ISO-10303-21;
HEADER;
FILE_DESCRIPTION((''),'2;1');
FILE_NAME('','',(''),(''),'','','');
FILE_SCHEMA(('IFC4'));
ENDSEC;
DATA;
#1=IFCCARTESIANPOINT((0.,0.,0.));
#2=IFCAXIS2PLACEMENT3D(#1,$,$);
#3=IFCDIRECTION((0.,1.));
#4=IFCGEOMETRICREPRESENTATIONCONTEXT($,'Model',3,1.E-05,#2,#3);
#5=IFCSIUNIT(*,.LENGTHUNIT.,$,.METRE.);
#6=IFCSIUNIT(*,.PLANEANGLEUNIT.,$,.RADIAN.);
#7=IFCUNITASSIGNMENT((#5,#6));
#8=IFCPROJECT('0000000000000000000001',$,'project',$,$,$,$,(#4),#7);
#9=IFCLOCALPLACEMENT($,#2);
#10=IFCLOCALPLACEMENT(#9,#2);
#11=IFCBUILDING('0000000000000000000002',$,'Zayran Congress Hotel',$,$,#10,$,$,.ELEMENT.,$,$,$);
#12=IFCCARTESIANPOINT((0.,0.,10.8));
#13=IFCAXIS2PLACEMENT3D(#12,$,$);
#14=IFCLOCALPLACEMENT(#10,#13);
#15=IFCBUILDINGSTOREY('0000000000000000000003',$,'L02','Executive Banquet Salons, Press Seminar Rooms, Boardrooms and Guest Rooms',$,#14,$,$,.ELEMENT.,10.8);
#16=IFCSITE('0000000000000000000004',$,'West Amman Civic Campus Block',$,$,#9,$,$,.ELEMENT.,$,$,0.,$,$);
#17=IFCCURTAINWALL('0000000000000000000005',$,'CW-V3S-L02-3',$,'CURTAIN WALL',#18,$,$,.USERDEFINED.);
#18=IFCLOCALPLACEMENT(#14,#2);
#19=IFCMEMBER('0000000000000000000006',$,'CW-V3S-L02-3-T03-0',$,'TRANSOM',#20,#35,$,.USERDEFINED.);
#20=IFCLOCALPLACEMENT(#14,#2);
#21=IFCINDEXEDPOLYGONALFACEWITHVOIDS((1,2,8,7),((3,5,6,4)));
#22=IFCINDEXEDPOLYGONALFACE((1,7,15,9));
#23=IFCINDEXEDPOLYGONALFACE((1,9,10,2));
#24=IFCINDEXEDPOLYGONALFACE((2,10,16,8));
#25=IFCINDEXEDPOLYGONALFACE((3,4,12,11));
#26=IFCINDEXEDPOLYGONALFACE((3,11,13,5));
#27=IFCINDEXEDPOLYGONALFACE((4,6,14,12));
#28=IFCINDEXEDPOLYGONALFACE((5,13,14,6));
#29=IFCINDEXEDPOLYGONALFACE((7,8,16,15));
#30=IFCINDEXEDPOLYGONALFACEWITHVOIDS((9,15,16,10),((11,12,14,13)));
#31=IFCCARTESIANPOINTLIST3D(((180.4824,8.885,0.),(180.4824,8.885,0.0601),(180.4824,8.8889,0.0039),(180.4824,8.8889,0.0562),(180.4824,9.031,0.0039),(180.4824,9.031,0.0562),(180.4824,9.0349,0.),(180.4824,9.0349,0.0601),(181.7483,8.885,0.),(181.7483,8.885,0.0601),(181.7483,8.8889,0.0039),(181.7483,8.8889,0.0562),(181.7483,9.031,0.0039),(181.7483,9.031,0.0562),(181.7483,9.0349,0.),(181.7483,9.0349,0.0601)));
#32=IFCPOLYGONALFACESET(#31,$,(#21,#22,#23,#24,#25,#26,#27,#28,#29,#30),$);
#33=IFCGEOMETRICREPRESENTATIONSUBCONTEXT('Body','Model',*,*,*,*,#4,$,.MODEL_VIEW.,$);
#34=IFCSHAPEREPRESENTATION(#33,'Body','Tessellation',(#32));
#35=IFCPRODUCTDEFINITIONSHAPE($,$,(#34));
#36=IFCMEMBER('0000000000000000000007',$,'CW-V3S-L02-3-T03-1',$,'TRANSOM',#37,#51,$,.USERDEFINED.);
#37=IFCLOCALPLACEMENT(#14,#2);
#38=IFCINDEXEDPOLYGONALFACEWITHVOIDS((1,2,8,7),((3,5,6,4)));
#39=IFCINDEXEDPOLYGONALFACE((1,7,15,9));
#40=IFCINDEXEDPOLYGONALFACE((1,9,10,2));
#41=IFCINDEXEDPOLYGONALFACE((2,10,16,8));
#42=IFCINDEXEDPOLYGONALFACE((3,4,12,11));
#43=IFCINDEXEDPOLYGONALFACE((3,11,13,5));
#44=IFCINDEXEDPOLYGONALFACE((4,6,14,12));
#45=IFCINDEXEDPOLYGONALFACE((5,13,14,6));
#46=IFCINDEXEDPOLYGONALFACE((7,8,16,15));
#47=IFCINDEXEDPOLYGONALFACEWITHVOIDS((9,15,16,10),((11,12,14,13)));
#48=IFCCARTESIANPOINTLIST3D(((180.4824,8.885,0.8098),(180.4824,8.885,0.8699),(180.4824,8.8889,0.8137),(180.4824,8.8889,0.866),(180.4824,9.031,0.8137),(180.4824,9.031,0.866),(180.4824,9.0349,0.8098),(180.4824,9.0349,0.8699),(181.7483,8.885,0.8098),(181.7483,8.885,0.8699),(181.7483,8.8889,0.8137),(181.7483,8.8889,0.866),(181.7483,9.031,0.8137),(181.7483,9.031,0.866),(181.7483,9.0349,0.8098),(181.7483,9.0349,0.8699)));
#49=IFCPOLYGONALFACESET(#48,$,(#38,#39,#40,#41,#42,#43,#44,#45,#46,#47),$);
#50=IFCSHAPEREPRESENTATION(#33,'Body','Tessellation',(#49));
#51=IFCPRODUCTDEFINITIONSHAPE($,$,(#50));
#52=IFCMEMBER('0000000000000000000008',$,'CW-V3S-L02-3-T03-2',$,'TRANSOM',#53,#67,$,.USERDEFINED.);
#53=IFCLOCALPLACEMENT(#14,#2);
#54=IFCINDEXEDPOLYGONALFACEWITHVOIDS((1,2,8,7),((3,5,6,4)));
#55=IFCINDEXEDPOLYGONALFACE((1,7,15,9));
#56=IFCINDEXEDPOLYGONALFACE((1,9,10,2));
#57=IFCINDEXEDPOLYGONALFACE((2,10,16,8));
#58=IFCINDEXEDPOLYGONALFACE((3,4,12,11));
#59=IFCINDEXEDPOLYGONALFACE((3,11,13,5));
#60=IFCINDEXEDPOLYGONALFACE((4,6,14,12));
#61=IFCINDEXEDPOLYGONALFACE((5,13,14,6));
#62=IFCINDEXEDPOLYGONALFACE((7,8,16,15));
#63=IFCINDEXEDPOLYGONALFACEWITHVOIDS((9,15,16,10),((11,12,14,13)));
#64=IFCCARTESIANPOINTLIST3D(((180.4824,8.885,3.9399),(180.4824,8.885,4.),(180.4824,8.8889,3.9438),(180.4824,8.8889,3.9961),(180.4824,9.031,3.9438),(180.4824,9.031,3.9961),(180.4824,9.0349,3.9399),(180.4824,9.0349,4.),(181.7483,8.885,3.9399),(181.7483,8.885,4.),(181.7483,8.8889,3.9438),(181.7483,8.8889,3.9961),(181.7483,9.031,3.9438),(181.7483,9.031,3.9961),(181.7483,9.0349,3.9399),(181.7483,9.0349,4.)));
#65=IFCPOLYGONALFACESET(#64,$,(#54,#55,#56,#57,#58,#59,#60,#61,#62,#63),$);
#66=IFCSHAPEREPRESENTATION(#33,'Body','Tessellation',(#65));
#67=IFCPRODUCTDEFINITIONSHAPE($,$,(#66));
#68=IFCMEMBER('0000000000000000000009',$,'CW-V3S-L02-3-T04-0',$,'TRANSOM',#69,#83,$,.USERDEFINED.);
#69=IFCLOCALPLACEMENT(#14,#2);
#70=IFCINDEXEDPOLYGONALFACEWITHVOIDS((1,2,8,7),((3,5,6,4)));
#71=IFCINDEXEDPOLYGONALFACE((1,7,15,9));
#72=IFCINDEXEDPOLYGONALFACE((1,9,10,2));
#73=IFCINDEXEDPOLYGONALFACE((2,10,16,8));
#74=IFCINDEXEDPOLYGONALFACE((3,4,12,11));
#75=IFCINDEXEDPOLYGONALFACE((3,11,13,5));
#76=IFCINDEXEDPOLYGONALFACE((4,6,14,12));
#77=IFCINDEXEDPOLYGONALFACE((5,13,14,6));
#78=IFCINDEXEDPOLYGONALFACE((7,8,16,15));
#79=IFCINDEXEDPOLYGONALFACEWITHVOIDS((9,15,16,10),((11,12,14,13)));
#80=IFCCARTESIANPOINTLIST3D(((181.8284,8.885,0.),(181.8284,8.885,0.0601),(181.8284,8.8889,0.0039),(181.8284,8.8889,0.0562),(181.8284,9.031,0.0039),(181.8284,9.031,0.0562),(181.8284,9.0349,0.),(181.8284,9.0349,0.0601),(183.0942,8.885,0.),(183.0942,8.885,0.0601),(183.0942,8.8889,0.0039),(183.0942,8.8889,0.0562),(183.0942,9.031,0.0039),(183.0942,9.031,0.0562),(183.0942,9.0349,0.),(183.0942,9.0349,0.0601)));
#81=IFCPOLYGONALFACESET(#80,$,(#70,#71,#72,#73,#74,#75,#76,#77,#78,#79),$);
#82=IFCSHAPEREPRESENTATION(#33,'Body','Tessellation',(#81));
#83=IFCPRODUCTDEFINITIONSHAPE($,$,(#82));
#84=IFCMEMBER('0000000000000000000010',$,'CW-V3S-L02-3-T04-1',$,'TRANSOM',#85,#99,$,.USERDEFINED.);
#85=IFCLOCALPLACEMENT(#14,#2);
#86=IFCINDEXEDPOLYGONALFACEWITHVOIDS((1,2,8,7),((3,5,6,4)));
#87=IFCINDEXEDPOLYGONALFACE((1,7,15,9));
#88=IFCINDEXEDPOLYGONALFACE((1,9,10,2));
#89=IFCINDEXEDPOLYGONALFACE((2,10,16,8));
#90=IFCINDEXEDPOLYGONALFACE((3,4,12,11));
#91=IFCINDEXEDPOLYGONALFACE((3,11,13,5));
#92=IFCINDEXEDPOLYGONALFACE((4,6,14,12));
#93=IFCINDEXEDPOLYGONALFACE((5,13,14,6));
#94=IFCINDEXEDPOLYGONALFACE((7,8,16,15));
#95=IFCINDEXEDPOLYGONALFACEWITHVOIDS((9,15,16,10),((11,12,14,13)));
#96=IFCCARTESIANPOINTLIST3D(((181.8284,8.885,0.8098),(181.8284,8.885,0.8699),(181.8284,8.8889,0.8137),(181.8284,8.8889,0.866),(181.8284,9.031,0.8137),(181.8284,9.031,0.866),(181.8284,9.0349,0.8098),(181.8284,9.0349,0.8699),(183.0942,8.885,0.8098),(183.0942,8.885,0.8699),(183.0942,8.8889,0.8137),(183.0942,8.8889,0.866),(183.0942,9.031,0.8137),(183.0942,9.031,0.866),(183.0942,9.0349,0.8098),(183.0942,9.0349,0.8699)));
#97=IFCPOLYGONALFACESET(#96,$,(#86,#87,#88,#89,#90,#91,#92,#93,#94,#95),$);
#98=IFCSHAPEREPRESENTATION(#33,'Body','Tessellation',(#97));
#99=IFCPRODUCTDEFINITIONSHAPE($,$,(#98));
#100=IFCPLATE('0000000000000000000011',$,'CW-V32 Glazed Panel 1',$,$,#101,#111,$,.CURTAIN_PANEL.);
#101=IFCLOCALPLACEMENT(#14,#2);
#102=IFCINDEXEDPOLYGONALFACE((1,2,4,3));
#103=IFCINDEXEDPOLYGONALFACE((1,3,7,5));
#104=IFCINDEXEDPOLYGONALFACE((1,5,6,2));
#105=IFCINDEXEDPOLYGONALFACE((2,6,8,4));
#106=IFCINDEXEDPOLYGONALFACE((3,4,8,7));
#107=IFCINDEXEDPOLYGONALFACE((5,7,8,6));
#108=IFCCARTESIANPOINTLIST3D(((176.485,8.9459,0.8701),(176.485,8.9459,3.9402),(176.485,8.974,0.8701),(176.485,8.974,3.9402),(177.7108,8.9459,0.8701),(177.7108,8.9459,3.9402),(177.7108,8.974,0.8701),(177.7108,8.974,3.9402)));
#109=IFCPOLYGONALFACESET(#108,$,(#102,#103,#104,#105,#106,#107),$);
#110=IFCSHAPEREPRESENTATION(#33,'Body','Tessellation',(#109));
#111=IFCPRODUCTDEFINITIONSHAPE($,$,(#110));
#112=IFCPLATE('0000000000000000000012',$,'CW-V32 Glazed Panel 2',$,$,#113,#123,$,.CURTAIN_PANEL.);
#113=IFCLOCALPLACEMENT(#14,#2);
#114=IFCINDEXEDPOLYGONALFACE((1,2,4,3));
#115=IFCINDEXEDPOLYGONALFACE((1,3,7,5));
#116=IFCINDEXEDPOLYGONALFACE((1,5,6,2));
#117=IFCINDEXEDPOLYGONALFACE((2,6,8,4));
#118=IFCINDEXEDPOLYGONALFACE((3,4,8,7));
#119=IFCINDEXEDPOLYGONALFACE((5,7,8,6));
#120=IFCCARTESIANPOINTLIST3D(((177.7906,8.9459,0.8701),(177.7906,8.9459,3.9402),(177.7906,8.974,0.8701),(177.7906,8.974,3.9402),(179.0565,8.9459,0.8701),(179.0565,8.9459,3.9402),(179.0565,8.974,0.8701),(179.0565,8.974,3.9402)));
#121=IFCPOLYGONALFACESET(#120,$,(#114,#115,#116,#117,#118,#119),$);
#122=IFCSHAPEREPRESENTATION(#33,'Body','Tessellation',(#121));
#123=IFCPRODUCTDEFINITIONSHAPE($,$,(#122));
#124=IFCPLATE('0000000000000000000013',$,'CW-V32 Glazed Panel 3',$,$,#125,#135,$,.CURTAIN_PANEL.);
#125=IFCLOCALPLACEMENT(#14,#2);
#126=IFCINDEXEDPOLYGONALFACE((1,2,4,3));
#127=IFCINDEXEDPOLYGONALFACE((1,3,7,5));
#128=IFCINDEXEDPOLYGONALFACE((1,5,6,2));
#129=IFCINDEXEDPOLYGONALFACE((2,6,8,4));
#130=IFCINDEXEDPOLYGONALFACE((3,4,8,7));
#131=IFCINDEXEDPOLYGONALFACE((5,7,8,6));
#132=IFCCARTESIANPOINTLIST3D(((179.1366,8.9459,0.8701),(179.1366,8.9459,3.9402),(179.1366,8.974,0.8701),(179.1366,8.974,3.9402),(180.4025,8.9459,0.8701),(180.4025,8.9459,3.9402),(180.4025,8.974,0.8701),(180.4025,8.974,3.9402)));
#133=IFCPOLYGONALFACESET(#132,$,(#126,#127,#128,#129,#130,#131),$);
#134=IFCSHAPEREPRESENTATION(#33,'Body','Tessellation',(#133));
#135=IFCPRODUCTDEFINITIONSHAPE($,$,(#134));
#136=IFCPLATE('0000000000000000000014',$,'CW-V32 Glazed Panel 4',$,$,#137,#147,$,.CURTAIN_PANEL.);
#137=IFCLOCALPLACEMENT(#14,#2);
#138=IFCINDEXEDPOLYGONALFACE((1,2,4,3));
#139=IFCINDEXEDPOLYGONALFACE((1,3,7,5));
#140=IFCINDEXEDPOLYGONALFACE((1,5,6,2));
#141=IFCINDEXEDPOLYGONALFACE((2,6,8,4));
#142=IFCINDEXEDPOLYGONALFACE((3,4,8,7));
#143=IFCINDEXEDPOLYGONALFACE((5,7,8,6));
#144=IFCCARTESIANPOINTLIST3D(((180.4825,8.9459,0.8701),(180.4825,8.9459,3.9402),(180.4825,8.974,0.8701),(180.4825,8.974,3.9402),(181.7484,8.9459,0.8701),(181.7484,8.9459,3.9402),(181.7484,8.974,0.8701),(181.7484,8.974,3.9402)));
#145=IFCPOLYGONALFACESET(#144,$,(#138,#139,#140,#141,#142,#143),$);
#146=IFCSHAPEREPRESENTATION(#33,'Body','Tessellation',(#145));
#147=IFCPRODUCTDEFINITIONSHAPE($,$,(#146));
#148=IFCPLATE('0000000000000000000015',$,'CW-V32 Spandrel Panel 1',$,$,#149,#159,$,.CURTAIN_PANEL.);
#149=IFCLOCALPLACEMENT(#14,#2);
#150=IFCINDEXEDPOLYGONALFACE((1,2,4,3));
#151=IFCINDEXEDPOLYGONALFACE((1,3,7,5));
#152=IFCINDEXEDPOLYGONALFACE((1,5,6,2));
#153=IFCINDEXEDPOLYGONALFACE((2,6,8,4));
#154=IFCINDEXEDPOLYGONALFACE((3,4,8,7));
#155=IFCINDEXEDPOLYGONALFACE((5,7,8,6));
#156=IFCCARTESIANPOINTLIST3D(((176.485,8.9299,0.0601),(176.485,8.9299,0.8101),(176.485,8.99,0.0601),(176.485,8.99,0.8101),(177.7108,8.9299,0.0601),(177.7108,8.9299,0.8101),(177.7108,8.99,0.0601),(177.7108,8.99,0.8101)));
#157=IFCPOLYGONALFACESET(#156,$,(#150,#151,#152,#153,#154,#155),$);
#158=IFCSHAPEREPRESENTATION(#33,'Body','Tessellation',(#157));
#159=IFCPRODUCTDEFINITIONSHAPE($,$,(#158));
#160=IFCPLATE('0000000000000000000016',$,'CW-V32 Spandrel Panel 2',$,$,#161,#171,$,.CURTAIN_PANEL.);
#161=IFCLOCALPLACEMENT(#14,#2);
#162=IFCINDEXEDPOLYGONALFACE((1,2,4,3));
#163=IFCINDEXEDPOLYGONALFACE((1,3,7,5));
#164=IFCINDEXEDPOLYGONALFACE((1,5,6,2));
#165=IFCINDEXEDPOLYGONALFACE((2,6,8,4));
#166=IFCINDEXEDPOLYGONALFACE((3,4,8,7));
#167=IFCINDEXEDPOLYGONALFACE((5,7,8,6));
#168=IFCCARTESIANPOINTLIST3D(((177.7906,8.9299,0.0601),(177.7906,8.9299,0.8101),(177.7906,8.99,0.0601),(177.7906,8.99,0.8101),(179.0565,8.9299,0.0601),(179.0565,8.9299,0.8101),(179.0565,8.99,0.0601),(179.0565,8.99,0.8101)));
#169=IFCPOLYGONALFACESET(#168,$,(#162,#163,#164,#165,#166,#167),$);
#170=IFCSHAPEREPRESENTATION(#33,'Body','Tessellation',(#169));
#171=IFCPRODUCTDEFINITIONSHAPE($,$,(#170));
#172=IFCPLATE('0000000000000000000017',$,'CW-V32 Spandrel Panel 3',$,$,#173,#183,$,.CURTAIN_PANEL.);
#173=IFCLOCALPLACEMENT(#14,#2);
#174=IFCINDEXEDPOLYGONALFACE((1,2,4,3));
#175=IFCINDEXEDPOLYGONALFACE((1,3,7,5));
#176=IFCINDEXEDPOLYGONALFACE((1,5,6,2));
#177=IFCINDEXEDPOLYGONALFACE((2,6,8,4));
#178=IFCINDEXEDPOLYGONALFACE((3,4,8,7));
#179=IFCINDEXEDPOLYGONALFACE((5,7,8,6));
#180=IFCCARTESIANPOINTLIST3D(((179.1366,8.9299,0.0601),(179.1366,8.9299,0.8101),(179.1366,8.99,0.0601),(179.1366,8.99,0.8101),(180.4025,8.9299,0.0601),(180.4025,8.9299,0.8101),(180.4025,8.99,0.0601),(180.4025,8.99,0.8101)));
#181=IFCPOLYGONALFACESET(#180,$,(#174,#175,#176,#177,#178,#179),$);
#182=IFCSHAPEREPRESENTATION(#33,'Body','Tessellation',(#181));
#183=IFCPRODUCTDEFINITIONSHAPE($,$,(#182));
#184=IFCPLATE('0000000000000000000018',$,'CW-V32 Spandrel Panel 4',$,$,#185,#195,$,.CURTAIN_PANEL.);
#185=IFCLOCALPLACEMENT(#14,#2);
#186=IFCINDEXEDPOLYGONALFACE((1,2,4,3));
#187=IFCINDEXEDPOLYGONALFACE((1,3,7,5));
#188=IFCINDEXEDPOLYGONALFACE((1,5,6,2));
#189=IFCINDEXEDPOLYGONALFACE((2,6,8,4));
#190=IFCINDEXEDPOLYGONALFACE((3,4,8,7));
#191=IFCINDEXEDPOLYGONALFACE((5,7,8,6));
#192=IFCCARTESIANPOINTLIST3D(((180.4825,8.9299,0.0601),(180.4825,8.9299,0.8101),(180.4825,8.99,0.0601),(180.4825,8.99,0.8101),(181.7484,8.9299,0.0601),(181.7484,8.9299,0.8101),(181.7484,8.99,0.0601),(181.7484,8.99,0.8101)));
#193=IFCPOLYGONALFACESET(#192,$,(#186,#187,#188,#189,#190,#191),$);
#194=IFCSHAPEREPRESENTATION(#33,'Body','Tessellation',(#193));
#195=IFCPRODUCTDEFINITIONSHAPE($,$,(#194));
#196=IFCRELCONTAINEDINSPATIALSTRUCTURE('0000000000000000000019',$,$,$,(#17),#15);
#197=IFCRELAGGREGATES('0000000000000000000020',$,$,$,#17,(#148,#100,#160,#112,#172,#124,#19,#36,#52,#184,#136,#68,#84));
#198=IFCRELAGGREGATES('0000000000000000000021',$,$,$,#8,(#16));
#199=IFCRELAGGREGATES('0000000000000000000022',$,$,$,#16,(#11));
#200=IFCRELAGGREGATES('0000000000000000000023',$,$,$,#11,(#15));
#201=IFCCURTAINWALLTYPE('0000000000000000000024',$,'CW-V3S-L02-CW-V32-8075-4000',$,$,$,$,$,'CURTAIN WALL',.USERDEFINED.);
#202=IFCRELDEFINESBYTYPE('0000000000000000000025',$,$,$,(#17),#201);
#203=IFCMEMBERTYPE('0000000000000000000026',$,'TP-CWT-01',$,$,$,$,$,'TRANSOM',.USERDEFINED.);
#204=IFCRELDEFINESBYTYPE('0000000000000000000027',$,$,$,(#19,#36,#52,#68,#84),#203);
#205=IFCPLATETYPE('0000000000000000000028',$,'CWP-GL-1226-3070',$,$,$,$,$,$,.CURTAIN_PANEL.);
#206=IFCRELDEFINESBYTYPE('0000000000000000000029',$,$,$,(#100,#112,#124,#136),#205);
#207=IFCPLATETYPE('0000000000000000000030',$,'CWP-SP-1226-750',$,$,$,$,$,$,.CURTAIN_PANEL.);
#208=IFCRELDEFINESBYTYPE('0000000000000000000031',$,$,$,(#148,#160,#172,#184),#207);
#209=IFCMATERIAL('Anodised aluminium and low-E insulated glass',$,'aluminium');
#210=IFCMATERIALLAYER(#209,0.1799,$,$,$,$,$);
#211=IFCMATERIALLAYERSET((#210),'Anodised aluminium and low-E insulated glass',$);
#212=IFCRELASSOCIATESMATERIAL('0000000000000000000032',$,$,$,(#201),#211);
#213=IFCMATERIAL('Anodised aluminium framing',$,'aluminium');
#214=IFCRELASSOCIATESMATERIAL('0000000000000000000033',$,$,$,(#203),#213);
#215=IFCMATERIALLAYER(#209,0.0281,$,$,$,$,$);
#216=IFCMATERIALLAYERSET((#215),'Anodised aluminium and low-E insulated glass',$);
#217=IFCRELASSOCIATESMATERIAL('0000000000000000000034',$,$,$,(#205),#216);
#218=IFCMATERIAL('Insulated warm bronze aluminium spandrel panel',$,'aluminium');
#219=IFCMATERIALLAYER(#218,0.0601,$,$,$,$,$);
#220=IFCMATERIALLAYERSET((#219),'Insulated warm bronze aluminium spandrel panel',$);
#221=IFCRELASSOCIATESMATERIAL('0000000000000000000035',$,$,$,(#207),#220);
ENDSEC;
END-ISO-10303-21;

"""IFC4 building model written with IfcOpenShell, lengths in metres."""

from ifc_helpers import new_model, si_unit, direction, frame, origin, origin_2d, place, context, subcontext, project, spatial, rectangle, hollow_rectangle, extrude, material, layer, layer_set, material_profile, profile_set, type_object, element, aggregate, save


model = new_model("IFC4")

# Units and contexts
model_context = context("Model", 3, precision=1e-05, world=origin(), true_north=direction((0.0, 1.0)))
body_context = subcontext(model_context, "Body", "Model", "MODEL_VIEW")
ifc_project = project(units=[si_unit("LENGTHUNIT", "METRE"), si_unit("PLANEANGLEUNIT", "RADIAN")], contexts=[model_context])

# Site, building, storey
site_placement = place(None, origin())
site = spatial("IfcSite", under=ifc_project, at=site_placement, Name="West Amman Civic Campus Block", CompositionType="ELEMENT", RefElevation=0.0)
building_placement = place(site_placement, origin())
building = spatial("IfcBuilding", under=site, at=building_placement, Name="Zayran Congress Hotel", CompositionType="ELEMENT")
storey_placement = place(building_placement, frame((0.0, 0.0, 10.8)))
storey = spatial("IfcBuildingStorey", under=building, at=storey_placement, Name="L02", Description="Executive Banquet Salons, Press Seminar Rooms, Boardrooms and Guest Rooms", CompositionType="ELEMENT", Elevation=10.8)

# Curtain wall, members, plates
ifc_material_1 = material(Name="Anodised aluminium and low-E insulated glass", Category="aluminium")
ifc_layer_1 = layer(ifc_material_1, 0.1799)
ifc_layer_set_1 = layer_set([ifc_layer_1], Name="Anodised aluminium and low-E insulated glass")
curtain_wall_type = type_object("IfcCurtainWallType", Name="CW-V3S-L02-CW-V32-8075-4000", ElementType="CURTAIN WALL", PredefinedType="USERDEFINED", material=ifc_layer_set_1)
curtain_wall_placement = place(storey_placement, origin())
curtain_wall = element("IfcCurtainWall", 1, at=curtain_wall_placement, inside=storey, type_object=curtain_wall_type, Name="CW-V3S-L02-3", ObjectType="CURTAIN WALL", PredefinedType="USERDEFINED")
ifc_material_2 = material(Name="Anodised aluminium framing", Category="aluminium")
ifc_material_profile_1 = material_profile(ifc_material_2, hollow_rectangle(XDim=0.0601, YDim=0.1499, WallThickness=0.0039, at=origin_2d()), Name="RHS 150x60x4")
ifc_profile_set_1 = profile_set([ifc_material_profile_1], Name="Anodised aluminium framing")
member_type_1 = type_object("IfcMemberType", Name="TP-CWT-01", ElementType="TRANSOM", PredefinedType="USERDEFINED", material=ifc_profile_set_1)
member_1_placement = place(storey_placement, frame((180.4824, 8.96, 0.03), z_axis=(1.0, 0.0, 0.0), x_axis=(0.0, 0.0, 1.0)))
member_1 = element("IfcMember", 2, at=member_1_placement, type_object=member_type_1, Name="CW-V3S-L02-3-T03-0", ObjectType="TRANSOM", PredefinedType="USERDEFINED", context=body_context, shape_type="SweptSolid", body=[
    extrude(hollow_rectangle(XDim=0.0601, YDim=0.1499, WallThickness=0.0039, at=origin_2d()), origin(), (0.0, 0.0, 1.0), 1.2659),
])
member_2_placement = place(storey_placement, frame((180.4824, 8.96, 0.8398), z_axis=(1.0, 0.0, 0.0), x_axis=(0.0, 0.0, 1.0)))
member_2 = element("IfcMember", 3, at=member_2_placement, type_object=member_type_1, Name="CW-V3S-L02-3-T03-1", ObjectType="TRANSOM", PredefinedType="USERDEFINED", context=body_context, shape_type="SweptSolid", body=[
    extrude(hollow_rectangle(XDim=0.0601, YDim=0.1499, WallThickness=0.0039, at=origin_2d()), origin(), (0.0, 0.0, 1.0), 1.2659),
])
member_3_placement = place(storey_placement, frame((180.4824, 8.96, 3.97), z_axis=(1.0, 0.0, 0.0), x_axis=(0.0, 0.0, 1.0)))
member_3 = element("IfcMember", 4, at=member_3_placement, type_object=member_type_1, Name="CW-V3S-L02-3-T03-2", ObjectType="TRANSOM", PredefinedType="USERDEFINED", context=body_context, shape_type="SweptSolid", body=[
    extrude(hollow_rectangle(XDim=0.0601, YDim=0.1499, WallThickness=0.0039, at=origin_2d()), origin(), (0.0, 0.0, 1.0), 1.2659),
])
member_4_placement = place(storey_placement, frame((181.8284, 8.96, 0.03), z_axis=(1.0, 0.0, 0.0), x_axis=(0.0, 0.0, 1.0)))
member_4 = element("IfcMember", 5, at=member_4_placement, type_object=member_type_1, Name="CW-V3S-L02-3-T04-0", ObjectType="TRANSOM", PredefinedType="USERDEFINED", context=body_context, shape_type="SweptSolid", body=[
    extrude(hollow_rectangle(XDim=0.0601, YDim=0.1499, WallThickness=0.0039, at=origin_2d()), origin(), (0.0, 0.0, 1.0), 1.2659),
])
member_5_placement = place(storey_placement, frame((181.8284, 8.96, 0.8398), z_axis=(1.0, 0.0, 0.0), x_axis=(0.0, 0.0, 1.0)))
member_5 = element("IfcMember", 6, at=member_5_placement, type_object=member_type_1, Name="CW-V3S-L02-3-T04-1", ObjectType="TRANSOM", PredefinedType="USERDEFINED", context=body_context, shape_type="SweptSolid", body=[
    extrude(hollow_rectangle(XDim=0.0601, YDim=0.1499, WallThickness=0.0039, at=origin_2d()), origin(), (0.0, 0.0, 1.0), 1.2659),
])
ifc_layer_2 = layer(ifc_material_1, 0.0281)
ifc_layer_set_2 = layer_set([ifc_layer_2], Name="Anodised aluminium and low-E insulated glass")
plate_type_1 = type_object("IfcPlateType", Name="CWP-GL-1226-3070", PredefinedType="CURTAIN_PANEL", material=ifc_layer_set_2)
plate_1_placement = place(storey_placement, frame((177.0979, 8.96, 0.8701), z_axis=(0.0, 0.0, 1.0), x_axis=(1.0, 0.0, 0.0)))
plate_1 = element("IfcPlate", 7, at=plate_1_placement, type_object=plate_type_1, Name="CW-V32 Glazed Panel 1", PredefinedType="CURTAIN_PANEL", context=body_context, shape_type="SweptSolid", body=[
    extrude(rectangle(XDim=1.2258, YDim=0.0281, at=origin_2d()), origin(), (0.0, 0.0, 1.0), 3.0701),
])
plate_2_placement = place(storey_placement, frame((178.4236, 8.96, 0.8701), z_axis=(0.0, 0.0, 1.0), x_axis=(1.0, 0.0, 0.0)))
plate_2 = element("IfcPlate", 8, at=plate_2_placement, type_object=plate_type_1, Name="CW-V32 Glazed Panel 2", PredefinedType="CURTAIN_PANEL", context=body_context, shape_type="SweptSolid", body=[
    extrude(rectangle(XDim=1.2659, YDim=0.0281, at=origin_2d()), origin(), (0.0, 0.0, 1.0), 3.0701),
])
plate_3_placement = place(storey_placement, frame((179.7695, 8.96, 0.8701), z_axis=(0.0, 0.0, 1.0), x_axis=(1.0, 0.0, 0.0)))
plate_3 = element("IfcPlate", 9, at=plate_3_placement, type_object=plate_type_1, Name="CW-V32 Glazed Panel 3", PredefinedType="CURTAIN_PANEL", context=body_context, shape_type="SweptSolid", body=[
    extrude(rectangle(XDim=1.2659, YDim=0.0281, at=origin_2d()), origin(), (0.0, 0.0, 1.0), 3.0701),
])
plate_4_placement = place(storey_placement, frame((181.1155, 8.96, 0.8701), z_axis=(0.0, 0.0, 1.0), x_axis=(1.0, 0.0, 0.0)))
plate_4 = element("IfcPlate", 10, at=plate_4_placement, type_object=plate_type_1, Name="CW-V32 Glazed Panel 4", PredefinedType="CURTAIN_PANEL", context=body_context, shape_type="SweptSolid", body=[
    extrude(rectangle(XDim=1.2659, YDim=0.0281, at=origin_2d()), origin(), (0.0, 0.0, 1.0), 3.0701),
])
ifc_material_3 = material(Name="Insulated warm bronze aluminium spandrel panel", Category="aluminium")
ifc_layer_3 = layer(ifc_material_3, 0.0601)
ifc_layer_set_3 = layer_set([ifc_layer_3], Name="Insulated warm bronze aluminium spandrel panel")
plate_type_2 = type_object("IfcPlateType", Name="CWP-SP-1226-750", PredefinedType="CURTAIN_PANEL", material=ifc_layer_set_3)
plate_5_placement = place(storey_placement, frame((177.0979, 8.96, 0.0601), z_axis=(0.0, 0.0, 1.0), x_axis=(1.0, 0.0, 0.0)))
plate_5 = element("IfcPlate", 11, at=plate_5_placement, type_object=plate_type_2, Name="CW-V32 Spandrel Panel 1", PredefinedType="CURTAIN_PANEL", context=body_context, shape_type="SweptSolid", body=[
    extrude(rectangle(XDim=1.2258, YDim=0.0601, at=origin_2d()), origin(), (0.0, 0.0, 1.0), 0.75),
])
plate_6_placement = place(storey_placement, frame((178.4236, 8.96, 0.0601), z_axis=(0.0, 0.0, 1.0), x_axis=(1.0, 0.0, 0.0)))
plate_6 = element("IfcPlate", 12, at=plate_6_placement, type_object=plate_type_2, Name="CW-V32 Spandrel Panel 2", PredefinedType="CURTAIN_PANEL", context=body_context, shape_type="SweptSolid", body=[
    extrude(rectangle(XDim=1.2659, YDim=0.0601, at=origin_2d()), origin(), (0.0, 0.0, 1.0), 0.75),
])
plate_7_placement = place(storey_placement, frame((179.7695, 8.96, 0.0601), z_axis=(0.0, 0.0, 1.0), x_axis=(1.0, 0.0, 0.0)))
plate_7 = element("IfcPlate", 13, at=plate_7_placement, type_object=plate_type_2, Name="CW-V32 Spandrel Panel 3", PredefinedType="CURTAIN_PANEL", context=body_context, shape_type="SweptSolid", body=[
    extrude(rectangle(XDim=1.2659, YDim=0.0601, at=origin_2d()), origin(), (0.0, 0.0, 1.0), 0.75),
])
plate_8_placement = place(storey_placement, frame((181.1155, 8.96, 0.0601), z_axis=(0.0, 0.0, 1.0), x_axis=(1.0, 0.0, 0.0)))
plate_8 = element("IfcPlate", 14, at=plate_8_placement, type_object=plate_type_2, Name="CW-V32 Spandrel Panel 4", PredefinedType="CURTAIN_PANEL", context=body_context, shape_type="SweptSolid", body=[
    extrude(rectangle(XDim=1.2659, YDim=0.0601, at=origin_2d()), origin(), (0.0, 0.0, 1.0), 0.75),
])
aggregate(curtain_wall, [plate_5, plate_1, plate_6, plate_2, plate_7, plate_3, member_1, member_2, member_3, plate_8, plate_4, member_4, member_5])

save(model, "model.ifc")
